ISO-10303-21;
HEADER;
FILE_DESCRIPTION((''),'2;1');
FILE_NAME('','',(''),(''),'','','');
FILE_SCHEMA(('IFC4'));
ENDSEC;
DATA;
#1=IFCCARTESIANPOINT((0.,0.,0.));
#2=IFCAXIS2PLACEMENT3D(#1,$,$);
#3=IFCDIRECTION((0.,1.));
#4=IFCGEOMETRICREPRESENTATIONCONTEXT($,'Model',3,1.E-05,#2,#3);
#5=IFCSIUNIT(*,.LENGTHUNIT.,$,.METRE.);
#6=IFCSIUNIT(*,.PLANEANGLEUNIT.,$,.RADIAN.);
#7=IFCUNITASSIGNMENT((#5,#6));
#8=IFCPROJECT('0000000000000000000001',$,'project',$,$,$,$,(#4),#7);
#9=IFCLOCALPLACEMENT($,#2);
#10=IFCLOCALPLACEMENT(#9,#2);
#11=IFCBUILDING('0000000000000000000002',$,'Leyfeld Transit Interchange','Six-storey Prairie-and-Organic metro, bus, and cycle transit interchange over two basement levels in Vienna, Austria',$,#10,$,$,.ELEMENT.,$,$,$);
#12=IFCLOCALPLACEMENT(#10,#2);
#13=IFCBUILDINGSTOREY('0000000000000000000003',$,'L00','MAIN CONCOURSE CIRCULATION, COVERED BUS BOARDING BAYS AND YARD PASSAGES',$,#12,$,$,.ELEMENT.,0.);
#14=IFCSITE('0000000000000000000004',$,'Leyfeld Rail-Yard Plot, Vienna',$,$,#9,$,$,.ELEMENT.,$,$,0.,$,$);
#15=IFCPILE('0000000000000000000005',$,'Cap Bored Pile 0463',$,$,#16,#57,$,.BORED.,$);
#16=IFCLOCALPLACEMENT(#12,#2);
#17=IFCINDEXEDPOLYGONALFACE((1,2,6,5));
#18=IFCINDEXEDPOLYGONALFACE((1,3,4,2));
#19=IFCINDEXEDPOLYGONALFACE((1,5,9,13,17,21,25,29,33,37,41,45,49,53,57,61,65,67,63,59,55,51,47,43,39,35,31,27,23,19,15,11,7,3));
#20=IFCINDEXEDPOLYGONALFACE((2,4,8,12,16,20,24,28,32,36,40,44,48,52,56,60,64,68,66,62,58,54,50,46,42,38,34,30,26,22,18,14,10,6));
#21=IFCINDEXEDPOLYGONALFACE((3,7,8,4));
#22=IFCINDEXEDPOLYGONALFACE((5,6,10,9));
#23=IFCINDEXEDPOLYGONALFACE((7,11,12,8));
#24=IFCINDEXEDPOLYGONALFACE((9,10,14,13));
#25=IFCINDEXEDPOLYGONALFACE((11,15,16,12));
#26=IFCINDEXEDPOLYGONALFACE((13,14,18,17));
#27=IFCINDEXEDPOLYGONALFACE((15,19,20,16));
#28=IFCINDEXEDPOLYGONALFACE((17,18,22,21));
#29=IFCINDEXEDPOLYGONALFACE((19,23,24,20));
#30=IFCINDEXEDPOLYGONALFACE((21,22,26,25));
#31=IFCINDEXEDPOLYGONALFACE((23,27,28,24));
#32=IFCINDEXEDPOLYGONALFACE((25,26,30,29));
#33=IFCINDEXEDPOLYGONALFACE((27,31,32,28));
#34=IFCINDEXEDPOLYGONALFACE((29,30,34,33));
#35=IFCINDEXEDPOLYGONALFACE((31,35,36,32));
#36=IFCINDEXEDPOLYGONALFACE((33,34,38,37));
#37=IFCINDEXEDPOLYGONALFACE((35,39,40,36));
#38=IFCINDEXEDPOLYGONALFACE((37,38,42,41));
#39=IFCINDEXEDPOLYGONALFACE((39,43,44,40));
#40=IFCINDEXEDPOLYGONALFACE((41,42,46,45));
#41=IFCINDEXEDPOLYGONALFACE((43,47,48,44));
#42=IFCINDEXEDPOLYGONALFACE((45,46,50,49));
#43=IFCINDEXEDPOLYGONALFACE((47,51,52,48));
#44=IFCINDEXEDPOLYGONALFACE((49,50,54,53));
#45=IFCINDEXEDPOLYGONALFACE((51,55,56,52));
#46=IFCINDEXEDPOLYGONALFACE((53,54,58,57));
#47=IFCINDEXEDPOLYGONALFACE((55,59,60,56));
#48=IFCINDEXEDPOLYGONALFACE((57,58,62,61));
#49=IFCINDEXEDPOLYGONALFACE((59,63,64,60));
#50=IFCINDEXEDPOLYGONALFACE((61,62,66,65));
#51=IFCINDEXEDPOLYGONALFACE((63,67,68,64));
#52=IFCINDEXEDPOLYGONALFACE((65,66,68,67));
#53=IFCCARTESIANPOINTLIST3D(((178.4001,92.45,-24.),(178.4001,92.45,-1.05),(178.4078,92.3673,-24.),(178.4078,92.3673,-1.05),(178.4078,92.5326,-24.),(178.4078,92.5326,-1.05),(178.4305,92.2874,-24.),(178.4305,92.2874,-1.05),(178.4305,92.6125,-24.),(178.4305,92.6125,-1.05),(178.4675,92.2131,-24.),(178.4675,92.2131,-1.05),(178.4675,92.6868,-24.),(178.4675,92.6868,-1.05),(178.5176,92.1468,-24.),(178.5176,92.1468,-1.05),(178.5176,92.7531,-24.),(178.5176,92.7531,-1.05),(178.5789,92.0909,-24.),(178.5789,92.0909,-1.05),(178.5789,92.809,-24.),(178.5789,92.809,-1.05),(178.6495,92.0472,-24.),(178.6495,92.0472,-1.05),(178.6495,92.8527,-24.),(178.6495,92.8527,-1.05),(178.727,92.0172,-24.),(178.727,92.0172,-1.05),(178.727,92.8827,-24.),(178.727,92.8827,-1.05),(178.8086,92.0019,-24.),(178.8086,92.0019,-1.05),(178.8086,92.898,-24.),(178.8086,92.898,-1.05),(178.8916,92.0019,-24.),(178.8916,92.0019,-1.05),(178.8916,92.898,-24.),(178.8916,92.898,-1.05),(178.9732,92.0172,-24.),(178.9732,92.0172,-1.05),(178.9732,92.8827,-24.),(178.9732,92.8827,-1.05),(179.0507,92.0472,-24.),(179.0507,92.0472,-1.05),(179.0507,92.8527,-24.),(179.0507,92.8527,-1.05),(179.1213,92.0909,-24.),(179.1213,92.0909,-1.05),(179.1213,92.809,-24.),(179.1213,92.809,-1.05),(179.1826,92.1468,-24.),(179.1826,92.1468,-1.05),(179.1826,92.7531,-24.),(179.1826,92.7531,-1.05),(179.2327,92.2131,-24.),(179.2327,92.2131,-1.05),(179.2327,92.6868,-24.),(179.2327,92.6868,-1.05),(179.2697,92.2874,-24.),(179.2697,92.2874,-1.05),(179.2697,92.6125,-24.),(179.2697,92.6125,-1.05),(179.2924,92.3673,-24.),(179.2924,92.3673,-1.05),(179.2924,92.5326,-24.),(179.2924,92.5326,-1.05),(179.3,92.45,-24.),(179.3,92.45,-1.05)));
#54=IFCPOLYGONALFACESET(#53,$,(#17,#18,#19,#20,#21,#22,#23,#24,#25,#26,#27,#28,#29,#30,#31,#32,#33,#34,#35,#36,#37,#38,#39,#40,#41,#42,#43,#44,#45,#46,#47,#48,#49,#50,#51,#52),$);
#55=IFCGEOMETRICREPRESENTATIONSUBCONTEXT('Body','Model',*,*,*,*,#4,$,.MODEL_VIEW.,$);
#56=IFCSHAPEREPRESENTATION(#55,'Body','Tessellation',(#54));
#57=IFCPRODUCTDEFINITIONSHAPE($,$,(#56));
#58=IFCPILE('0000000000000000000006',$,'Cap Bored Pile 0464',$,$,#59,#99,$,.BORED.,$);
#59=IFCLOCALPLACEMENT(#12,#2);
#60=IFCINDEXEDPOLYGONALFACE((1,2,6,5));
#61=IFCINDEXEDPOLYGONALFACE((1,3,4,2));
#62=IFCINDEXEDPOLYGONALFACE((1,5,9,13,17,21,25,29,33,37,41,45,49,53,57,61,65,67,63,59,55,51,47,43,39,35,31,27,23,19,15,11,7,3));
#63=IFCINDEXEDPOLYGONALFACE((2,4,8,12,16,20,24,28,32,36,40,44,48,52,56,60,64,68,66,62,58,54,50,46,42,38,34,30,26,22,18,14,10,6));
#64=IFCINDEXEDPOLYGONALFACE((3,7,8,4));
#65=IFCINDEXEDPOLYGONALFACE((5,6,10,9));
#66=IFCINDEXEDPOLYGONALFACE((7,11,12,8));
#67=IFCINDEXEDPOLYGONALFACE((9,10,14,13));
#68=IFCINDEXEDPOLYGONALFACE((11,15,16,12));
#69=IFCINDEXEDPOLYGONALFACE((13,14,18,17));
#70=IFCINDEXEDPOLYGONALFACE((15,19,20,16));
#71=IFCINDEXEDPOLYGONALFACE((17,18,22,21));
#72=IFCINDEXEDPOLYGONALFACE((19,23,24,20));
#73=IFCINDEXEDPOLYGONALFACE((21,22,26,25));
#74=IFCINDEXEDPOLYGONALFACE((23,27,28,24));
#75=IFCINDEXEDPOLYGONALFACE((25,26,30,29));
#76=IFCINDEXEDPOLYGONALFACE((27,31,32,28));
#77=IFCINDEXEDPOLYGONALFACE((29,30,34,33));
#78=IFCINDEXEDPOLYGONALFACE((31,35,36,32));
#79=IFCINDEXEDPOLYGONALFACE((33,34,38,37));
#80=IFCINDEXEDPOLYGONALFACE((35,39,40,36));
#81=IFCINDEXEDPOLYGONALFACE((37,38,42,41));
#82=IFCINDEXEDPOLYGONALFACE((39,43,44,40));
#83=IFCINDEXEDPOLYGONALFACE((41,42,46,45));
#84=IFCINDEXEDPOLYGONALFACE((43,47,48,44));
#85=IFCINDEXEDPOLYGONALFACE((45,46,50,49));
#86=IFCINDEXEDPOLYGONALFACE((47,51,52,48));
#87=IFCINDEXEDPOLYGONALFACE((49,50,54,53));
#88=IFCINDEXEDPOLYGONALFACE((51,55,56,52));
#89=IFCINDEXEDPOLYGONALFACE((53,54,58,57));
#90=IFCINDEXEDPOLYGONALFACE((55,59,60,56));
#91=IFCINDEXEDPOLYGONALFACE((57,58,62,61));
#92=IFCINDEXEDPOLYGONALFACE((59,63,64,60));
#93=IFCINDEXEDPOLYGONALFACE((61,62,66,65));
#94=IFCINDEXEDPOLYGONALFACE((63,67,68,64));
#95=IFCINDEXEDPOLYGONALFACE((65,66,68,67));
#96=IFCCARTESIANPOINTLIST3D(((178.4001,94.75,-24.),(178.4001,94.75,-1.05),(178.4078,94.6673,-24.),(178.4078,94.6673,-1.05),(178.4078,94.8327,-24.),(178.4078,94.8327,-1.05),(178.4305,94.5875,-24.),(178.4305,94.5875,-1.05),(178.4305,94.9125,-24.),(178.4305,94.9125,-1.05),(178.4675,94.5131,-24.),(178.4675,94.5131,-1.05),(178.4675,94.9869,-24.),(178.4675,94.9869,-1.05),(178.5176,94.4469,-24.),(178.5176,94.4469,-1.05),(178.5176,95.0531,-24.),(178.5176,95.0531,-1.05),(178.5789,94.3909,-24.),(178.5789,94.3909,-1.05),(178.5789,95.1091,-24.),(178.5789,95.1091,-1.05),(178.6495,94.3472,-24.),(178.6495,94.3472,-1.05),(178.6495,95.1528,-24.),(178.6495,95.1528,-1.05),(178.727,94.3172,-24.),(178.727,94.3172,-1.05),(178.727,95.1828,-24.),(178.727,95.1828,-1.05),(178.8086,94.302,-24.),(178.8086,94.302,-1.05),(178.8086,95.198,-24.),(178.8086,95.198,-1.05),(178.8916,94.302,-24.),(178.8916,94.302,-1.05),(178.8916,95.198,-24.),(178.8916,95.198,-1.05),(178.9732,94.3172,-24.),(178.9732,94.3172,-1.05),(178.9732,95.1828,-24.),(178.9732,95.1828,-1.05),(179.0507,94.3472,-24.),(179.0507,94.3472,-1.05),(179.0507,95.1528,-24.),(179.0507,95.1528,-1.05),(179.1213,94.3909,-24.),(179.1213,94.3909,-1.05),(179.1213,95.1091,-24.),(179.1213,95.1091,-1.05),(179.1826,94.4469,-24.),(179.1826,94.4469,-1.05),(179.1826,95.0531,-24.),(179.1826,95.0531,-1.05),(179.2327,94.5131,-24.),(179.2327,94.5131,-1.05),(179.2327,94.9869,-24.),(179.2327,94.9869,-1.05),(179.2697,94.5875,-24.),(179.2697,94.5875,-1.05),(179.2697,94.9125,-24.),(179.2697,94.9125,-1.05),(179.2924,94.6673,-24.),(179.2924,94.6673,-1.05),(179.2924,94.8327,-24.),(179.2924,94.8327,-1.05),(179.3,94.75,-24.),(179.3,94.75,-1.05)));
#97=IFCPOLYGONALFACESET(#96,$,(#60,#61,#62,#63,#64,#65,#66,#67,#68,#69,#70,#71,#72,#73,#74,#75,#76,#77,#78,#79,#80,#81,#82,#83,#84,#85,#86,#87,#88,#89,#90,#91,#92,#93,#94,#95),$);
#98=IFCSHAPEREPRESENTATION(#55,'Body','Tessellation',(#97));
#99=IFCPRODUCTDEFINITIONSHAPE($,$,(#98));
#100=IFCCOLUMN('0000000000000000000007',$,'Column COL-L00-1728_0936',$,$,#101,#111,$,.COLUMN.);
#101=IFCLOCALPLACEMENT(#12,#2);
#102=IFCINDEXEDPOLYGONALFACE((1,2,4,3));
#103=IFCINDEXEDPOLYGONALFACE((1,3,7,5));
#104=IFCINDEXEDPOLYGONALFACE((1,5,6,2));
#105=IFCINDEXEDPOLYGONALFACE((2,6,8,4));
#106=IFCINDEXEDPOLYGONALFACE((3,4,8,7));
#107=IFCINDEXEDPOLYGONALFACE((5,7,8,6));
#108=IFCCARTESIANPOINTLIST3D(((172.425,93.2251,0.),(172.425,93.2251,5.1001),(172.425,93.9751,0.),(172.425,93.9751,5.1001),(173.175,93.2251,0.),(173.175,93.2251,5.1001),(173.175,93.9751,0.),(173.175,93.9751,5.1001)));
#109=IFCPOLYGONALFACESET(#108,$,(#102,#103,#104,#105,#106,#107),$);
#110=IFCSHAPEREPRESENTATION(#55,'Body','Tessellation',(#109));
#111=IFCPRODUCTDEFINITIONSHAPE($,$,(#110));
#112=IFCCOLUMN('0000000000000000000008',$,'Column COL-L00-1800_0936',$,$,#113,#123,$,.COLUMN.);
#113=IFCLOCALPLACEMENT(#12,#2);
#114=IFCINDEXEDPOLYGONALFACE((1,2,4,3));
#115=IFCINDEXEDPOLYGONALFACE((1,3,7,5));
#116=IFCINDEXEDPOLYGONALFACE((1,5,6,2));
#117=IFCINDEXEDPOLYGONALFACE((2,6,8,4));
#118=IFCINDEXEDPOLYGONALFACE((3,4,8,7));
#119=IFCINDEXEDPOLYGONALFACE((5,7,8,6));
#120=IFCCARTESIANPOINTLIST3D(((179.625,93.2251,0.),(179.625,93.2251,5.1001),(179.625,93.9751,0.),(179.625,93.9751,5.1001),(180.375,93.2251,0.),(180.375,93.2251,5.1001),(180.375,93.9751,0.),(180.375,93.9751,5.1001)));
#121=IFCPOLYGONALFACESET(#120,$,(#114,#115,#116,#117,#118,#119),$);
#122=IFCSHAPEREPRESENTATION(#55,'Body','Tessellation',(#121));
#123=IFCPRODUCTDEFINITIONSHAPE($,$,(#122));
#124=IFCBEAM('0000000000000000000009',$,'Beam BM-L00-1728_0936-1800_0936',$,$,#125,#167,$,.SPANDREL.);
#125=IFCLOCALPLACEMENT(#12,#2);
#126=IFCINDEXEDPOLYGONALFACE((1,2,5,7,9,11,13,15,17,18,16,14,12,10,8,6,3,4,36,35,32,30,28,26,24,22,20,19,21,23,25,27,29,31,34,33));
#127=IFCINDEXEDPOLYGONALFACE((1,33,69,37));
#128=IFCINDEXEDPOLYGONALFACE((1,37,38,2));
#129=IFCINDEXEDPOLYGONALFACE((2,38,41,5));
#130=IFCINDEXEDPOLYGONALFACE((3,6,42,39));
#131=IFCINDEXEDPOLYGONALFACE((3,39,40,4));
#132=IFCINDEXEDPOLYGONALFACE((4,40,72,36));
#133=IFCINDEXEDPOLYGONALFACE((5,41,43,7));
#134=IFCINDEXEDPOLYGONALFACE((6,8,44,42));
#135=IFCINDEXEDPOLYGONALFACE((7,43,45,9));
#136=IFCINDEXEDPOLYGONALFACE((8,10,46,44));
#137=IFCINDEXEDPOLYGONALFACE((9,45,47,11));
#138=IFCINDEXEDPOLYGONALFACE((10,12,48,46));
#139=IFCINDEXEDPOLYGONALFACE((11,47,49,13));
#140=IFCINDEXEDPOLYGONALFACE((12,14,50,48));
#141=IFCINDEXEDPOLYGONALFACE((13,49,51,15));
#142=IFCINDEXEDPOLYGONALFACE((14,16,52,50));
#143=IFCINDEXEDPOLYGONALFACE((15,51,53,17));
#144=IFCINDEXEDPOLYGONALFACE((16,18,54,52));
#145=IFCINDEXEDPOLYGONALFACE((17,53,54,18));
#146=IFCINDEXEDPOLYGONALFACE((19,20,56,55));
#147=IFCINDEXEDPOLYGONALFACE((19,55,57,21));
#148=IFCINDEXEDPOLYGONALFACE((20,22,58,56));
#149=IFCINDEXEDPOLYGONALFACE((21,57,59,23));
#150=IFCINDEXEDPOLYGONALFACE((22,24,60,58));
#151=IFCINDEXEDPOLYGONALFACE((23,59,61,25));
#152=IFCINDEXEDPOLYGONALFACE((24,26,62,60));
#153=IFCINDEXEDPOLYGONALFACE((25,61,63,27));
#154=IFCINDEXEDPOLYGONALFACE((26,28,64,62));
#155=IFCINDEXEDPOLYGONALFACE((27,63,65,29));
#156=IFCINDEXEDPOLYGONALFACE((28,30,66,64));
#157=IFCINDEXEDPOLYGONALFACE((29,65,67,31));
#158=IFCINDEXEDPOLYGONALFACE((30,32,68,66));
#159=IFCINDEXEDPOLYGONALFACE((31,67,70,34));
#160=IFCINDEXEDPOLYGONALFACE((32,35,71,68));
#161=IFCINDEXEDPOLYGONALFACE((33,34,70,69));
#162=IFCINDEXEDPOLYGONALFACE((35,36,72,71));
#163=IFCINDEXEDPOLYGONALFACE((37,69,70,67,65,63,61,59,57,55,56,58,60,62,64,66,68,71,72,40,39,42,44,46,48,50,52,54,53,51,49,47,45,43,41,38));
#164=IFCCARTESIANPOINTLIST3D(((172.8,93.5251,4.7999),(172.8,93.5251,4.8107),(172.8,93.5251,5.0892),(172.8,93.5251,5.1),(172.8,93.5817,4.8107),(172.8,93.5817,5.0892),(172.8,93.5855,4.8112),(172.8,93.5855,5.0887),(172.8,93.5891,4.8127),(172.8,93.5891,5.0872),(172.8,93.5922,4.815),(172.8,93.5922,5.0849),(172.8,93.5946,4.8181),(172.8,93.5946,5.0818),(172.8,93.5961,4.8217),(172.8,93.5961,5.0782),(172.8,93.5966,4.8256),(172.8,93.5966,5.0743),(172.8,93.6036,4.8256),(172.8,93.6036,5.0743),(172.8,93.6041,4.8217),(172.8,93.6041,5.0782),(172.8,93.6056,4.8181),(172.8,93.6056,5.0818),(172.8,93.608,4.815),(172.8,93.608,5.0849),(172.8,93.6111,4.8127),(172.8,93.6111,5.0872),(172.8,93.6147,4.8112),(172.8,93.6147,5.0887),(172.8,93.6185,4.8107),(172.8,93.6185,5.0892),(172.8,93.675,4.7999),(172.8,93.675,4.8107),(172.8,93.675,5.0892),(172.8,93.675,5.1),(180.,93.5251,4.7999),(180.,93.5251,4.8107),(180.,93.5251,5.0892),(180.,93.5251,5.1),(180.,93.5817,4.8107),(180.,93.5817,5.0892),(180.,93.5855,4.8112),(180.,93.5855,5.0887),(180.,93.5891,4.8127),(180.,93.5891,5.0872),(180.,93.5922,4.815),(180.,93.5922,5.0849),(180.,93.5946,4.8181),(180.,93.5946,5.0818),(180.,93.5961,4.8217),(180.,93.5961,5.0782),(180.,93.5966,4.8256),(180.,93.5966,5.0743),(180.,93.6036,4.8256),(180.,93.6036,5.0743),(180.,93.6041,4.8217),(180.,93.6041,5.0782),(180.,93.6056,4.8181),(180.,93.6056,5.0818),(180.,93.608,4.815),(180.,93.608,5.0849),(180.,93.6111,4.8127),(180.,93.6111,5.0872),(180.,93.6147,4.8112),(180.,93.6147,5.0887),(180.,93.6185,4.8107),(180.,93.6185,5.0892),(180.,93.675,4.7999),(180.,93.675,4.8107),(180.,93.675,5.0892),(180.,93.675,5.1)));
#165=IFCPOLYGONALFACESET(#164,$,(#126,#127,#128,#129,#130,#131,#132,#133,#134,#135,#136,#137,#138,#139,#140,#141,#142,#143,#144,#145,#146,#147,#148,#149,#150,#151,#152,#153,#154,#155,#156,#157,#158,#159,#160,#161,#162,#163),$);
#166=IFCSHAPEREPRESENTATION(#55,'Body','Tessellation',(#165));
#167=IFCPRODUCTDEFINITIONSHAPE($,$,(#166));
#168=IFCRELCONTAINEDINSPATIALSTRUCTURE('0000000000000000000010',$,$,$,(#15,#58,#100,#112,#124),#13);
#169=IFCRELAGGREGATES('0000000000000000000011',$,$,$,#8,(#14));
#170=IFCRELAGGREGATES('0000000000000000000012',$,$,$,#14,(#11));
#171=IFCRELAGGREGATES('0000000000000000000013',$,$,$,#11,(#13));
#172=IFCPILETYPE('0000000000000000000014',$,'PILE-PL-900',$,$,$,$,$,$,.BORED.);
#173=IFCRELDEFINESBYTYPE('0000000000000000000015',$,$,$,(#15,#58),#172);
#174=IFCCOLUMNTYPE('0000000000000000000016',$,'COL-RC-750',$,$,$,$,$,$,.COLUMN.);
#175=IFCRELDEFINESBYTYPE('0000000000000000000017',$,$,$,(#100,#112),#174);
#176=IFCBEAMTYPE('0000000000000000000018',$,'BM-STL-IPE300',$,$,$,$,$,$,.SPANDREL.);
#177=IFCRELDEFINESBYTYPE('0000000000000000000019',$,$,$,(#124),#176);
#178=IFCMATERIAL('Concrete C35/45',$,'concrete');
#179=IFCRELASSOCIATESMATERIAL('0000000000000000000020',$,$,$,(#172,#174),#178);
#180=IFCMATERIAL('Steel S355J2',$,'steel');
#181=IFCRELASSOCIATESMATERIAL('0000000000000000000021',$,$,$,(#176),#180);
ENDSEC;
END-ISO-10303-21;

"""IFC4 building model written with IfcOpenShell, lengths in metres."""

from ifc_helpers import new_model, si_unit, direction, frame, origin, origin_2d, place, context, subcontext, project, spatial, rectangle, circle, i_section, extrude, material, material_profile, profile_set, type_object, element, save


model = new_model("IFC4")

# Units and contexts
model_context = context("Model", 3, precision=1e-05, world=origin(), true_north=direction((0.0, 1.0)))
body_context = subcontext(model_context, "Body", "Model", "MODEL_VIEW")
ifc_project = project(units=[si_unit("LENGTHUNIT", "METRE"), si_unit("PLANEANGLEUNIT", "RADIAN")], contexts=[model_context])

# Site, building, storey
site_placement = place(None, origin())
site = spatial("IfcSite", under=ifc_project, at=site_placement, Name="Leyfeld Rail-Yard Plot, Vienna", CompositionType="ELEMENT", RefElevation=0.0)
building_placement = place(site_placement, origin())
building = spatial("IfcBuilding", under=site, at=building_placement, Name="Leyfeld Transit Interchange", Description="Six-storey Prairie-and-Organic metro, bus, and cycle transit interchange over two basement levels in Vienna, Austria", CompositionType="ELEMENT")
storey_placement = place(building_placement, origin())
storey = spatial("IfcBuildingStorey", under=building, at=storey_placement, Name="L00", Description="MAIN CONCOURSE CIRCULATION, COVERED BUS BOARDING BAYS AND YARD PASSAGES", CompositionType="ELEMENT", Elevation=0.0)

# Shared definitions
ifc_material_1 = material(Name="Concrete C35/45", Category="concrete")

# Piles
ifc_material_profile_1 = material_profile(ifc_material_1, circle(Radius=0.45, at=origin_2d()), Name="PILE D900")
ifc_profile_set_1 = profile_set([ifc_material_profile_1], Name="Concrete C35/45")
pile_type = type_object("IfcPileType", Name="PILE-PL-900", PredefinedType="BORED", material=ifc_profile_set_1)
for number, where, z_axis, x_axis, name in (
    (1, (178.8501, 92.45, -1.05), (0.0, 0.0, -1.0), (1.0, 0.0, 0.0), "Cap Bored Pile 0463"),
    (2, (178.8501, 94.75, -1.05), (0.0, 0.0, -1.0), (1.0, 0.0, 0.0), "Cap Bored Pile 0464"),
):
    element("IfcPile", number, at=place(storey_placement, frame(where, z_axis=z_axis, x_axis=x_axis)), inside=storey, type_object=pile_type, Name=name, PredefinedType="BORED", context=body_context, shape_type="SweptSolid", body=[
        extrude(circle(Radius=0.45, at=origin_2d()), origin(), (0.0, 0.0, 1.0), 22.95),
    ])

# Columns
ifc_material_profile_2 = material_profile(ifc_material_1, rectangle(XDim=0.75, YDim=0.75, at=origin_2d()), Name="RC 750x750")
ifc_profile_set_2 = profile_set([ifc_material_profile_2], Name="Concrete C35/45")
column_type = type_object("IfcColumnType", Name="COL-RC-750", PredefinedType="COLUMN", material=ifc_profile_set_2)
for number, where, z_axis, x_axis, name in (
    (3, (172.8, 93.6001, 0.0), (0.0, 0.0, 1.0), (1.0, 0.0, 0.0), "Column COL-L00-1728_0936"),
    (4, (180.0, 93.6001, 0.0), (0.0, 0.0, 1.0), (1.0, 0.0, 0.0), "Column COL-L00-1800_0936"),
):
    element("IfcColumn", number, at=place(storey_placement, frame(where, z_axis=z_axis, x_axis=x_axis)), inside=storey, type_object=column_type, Name=name, PredefinedType="COLUMN", context=body_context, shape_type="SweptSolid", body=[
        extrude(rectangle(XDim=0.75, YDim=0.75, at=origin_2d()), origin(), (0.0, 0.0, 1.0), 5.1001),
    ])

# Beam
ifc_material_2 = material(Name="Steel S355J2", Category="steel")
ifc_material_profile_3 = material_profile(ifc_material_2, i_section(OverallWidth=0.1499, OverallDepth=0.3, WebThickness=0.0071, FlangeThickness=0.0107, FilletRadius=0.0149, at=origin_2d()), Name="IPE 300")
ifc_profile_set_3 = profile_set([ifc_material_profile_3], Name="Steel S355J2")
beam_type_1 = type_object("IfcBeamType", Name="BM-STL-IPE300", PredefinedType="SPANDREL", material=ifc_profile_set_3)
for number, where, z_axis, x_axis, name in (
    (5, (172.8, 93.6001, 4.95), (1.0, 0.0, 0.0), (0.0, 1.0, 0.0), "Beam BM-L00-1728_0936-1800_0936"),
):
    element("IfcBeam", number, at=place(storey_placement, frame(where, z_axis=z_axis, x_axis=x_axis)), inside=storey, type_object=beam_type_1, Name=name, PredefinedType="SPANDREL", context=body_context, shape_type="SweptSolid", body=[
        extrude(i_section(OverallWidth=0.1499, OverallDepth=0.3, WebThickness=0.0071, FlangeThickness=0.0107, FilletRadius=0.0149, at=origin_2d()), origin(), (0.0, 0.0, 1.0), 7.2),
    ])

save(model, "model.ifc")
